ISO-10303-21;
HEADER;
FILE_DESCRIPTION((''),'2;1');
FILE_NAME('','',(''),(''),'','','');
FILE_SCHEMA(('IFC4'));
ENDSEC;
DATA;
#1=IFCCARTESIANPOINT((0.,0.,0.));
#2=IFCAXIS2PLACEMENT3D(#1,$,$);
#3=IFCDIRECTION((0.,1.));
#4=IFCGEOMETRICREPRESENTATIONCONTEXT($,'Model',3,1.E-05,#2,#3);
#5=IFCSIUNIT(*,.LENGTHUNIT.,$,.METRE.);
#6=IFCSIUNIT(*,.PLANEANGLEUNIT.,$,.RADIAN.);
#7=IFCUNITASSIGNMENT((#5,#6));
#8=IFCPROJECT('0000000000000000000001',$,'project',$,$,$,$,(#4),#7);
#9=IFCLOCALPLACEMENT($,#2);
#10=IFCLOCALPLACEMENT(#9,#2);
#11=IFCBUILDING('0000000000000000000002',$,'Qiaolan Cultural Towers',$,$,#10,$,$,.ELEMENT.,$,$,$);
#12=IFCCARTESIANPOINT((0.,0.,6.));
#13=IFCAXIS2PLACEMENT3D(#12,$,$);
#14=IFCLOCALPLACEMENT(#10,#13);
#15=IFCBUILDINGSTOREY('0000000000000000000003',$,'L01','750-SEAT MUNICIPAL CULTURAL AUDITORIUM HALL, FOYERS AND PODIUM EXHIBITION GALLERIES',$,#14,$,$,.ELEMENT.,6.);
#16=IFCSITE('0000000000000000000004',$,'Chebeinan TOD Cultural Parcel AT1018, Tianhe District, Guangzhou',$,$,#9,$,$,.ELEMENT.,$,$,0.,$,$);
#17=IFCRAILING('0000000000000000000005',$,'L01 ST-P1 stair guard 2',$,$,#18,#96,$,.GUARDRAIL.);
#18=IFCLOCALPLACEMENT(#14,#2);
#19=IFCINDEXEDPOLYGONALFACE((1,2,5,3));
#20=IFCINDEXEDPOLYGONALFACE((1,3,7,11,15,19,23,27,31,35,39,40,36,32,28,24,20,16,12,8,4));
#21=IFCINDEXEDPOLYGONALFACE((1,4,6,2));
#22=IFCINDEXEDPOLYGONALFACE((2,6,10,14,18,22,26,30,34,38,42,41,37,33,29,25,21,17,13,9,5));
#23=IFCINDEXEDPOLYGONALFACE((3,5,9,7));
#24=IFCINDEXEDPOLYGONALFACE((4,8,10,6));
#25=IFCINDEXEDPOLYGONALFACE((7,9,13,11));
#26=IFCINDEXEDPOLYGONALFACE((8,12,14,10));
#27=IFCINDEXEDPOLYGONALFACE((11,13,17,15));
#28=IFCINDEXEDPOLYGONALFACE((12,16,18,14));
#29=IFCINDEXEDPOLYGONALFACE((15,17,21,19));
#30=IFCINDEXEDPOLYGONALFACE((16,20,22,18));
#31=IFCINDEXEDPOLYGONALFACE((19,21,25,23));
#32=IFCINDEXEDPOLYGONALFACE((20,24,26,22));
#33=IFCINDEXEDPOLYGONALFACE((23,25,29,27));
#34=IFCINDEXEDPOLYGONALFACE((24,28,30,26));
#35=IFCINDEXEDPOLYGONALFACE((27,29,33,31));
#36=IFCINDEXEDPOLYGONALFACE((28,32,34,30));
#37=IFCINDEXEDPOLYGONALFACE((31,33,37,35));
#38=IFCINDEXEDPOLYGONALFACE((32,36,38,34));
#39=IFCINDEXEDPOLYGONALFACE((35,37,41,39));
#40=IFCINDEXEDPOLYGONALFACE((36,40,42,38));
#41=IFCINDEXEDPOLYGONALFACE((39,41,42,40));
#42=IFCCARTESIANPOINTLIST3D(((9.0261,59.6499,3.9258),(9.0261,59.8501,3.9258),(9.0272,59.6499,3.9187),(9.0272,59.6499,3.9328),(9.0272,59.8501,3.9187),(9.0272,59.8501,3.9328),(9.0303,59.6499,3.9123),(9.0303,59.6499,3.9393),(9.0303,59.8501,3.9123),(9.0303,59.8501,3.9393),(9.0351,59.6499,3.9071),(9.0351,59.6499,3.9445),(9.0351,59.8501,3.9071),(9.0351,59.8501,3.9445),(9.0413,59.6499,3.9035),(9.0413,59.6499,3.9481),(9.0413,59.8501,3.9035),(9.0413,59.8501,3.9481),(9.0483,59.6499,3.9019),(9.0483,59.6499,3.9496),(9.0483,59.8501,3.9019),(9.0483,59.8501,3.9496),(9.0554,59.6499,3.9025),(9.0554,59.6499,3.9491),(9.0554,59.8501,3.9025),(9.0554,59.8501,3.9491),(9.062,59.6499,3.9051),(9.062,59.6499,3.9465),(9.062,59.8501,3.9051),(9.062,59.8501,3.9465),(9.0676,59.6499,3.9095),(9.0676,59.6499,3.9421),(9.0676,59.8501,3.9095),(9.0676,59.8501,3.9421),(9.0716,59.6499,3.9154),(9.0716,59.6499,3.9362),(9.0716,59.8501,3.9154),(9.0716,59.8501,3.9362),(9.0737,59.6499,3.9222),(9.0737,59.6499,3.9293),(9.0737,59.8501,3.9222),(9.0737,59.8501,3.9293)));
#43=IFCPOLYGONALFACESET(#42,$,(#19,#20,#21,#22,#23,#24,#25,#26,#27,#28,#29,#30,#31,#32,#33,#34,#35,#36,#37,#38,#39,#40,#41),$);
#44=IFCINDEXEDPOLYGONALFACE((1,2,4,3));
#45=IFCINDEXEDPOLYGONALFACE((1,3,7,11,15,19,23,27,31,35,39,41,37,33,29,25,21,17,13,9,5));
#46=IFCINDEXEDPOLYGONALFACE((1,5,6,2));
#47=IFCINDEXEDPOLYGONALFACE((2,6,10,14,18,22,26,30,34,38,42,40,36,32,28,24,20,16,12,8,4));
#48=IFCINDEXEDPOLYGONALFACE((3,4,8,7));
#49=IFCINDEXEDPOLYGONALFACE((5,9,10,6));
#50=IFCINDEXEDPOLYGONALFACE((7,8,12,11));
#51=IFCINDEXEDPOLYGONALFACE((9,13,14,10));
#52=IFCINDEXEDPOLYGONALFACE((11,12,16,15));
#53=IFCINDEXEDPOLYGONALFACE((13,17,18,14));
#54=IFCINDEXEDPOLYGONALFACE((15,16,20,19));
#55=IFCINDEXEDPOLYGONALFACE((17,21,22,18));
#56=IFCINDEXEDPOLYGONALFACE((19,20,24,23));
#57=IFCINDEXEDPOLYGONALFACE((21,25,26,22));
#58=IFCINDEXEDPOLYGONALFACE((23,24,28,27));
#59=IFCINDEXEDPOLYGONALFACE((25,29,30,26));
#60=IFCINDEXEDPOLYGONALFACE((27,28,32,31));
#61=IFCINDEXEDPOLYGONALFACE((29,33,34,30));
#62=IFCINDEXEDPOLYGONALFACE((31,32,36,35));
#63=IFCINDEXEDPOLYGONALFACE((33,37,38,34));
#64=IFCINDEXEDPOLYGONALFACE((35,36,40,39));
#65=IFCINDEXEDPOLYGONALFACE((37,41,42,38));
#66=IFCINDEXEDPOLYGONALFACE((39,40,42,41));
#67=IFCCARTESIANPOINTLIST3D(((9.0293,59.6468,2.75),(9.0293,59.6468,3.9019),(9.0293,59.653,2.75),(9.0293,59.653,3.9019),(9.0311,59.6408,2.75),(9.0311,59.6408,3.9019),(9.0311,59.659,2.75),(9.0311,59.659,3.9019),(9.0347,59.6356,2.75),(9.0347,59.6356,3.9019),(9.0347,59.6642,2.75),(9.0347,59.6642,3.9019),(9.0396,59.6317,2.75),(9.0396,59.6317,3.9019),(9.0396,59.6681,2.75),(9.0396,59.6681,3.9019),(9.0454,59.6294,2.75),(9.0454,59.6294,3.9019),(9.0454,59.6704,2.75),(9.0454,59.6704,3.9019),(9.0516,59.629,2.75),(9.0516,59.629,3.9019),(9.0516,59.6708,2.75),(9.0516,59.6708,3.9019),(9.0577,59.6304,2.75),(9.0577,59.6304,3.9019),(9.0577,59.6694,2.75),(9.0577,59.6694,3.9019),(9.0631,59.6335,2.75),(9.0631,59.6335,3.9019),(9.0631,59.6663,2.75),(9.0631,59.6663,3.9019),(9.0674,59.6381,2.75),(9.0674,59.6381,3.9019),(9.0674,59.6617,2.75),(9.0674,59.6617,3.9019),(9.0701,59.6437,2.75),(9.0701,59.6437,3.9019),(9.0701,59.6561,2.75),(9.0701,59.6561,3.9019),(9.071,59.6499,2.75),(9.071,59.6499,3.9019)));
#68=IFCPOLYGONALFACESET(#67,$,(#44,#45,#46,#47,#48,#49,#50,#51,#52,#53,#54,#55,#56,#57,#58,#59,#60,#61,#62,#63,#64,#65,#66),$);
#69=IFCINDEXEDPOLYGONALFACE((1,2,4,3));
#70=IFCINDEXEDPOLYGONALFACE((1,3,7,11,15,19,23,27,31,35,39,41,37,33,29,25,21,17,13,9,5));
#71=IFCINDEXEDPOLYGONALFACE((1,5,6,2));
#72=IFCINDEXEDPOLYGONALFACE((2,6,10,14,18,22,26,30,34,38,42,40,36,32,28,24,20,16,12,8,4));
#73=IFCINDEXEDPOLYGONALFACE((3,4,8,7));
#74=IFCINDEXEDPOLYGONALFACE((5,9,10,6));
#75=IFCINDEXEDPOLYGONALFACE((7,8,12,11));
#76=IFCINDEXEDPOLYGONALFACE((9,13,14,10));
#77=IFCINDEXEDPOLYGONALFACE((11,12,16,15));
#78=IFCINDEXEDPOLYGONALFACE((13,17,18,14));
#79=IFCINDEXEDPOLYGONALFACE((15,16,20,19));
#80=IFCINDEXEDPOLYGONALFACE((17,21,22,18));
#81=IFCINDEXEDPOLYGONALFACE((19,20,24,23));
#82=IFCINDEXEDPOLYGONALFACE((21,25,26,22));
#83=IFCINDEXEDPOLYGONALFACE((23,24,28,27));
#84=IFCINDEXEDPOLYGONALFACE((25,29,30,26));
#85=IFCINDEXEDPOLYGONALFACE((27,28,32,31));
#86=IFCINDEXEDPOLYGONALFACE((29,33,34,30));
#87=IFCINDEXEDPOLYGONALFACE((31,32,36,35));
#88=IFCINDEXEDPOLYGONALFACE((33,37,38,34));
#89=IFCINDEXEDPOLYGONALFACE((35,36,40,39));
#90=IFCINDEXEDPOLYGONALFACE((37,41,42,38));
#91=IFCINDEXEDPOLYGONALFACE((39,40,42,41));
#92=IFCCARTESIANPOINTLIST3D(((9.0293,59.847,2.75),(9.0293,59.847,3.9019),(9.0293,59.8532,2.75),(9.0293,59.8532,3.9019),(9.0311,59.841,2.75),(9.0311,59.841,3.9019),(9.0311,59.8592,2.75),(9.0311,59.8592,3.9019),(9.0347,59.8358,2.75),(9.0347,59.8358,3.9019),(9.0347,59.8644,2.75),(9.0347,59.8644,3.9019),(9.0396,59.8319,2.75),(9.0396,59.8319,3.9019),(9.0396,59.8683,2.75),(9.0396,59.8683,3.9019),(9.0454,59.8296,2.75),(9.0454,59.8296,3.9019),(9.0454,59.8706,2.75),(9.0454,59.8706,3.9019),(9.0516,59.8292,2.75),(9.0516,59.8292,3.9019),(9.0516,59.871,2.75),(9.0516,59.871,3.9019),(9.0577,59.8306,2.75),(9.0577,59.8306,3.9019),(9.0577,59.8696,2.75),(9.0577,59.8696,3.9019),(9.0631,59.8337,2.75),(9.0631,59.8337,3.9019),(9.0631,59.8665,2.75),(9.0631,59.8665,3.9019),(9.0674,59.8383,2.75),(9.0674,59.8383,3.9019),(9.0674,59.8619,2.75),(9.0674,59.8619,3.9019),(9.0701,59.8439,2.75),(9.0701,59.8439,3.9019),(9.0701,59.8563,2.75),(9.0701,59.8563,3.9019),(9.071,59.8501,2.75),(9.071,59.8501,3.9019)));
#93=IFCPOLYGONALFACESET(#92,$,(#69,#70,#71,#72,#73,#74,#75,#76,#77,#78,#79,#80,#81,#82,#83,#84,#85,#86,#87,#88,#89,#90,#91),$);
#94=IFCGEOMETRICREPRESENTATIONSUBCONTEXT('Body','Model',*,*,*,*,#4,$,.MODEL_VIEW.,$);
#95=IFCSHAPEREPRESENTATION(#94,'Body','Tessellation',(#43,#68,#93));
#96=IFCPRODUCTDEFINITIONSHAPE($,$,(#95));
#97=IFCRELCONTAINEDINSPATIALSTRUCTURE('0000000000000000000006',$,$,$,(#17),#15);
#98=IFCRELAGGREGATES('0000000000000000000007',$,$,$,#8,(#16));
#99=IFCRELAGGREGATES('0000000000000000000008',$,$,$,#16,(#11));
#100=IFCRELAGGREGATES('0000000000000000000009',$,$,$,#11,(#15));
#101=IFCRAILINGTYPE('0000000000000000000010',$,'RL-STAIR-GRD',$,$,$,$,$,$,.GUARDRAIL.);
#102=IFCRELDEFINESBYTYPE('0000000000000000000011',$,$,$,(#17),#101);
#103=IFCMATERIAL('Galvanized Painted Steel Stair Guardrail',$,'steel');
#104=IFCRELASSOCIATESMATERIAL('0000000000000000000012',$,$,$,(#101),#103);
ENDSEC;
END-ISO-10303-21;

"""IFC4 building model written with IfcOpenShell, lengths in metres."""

from ifc_helpers import new_model, si_unit, direction, frame, origin, origin_2d, place, context, subcontext, project, spatial, circle, extrude, material, type_object, element, save


model = new_model("IFC4")

# Units and contexts
model_context = context("Model", 3, precision=1e-05, world=origin(), true_north=direction((0.0, 1.0)))
body_context = subcontext(model_context, "Body", "Model", "MODEL_VIEW")
ifc_project = project(units=[si_unit("LENGTHUNIT", "METRE"), si_unit("PLANEANGLEUNIT", "RADIAN")], contexts=[model_context])

# Site, building, storey
site_placement = place(None, origin())
site = spatial("IfcSite", under=ifc_project, at=site_placement, Name="Chebeinan TOD Cultural Parcel AT1018, Tianhe District, Guangzhou", CompositionType="ELEMENT", RefElevation=0.0)
building_placement = place(site_placement, origin())
building = spatial("IfcBuilding", under=site, at=building_placement, Name="Qiaolan Cultural Towers", CompositionType="ELEMENT")
storey_placement = place(building_placement, frame((0.0, 0.0, 6.0)))
storey = spatial("IfcBuildingStorey", under=building, at=storey_placement, Name="L01", Description="750-SEAT MUNICIPAL CULTURAL AUDITORIUM HALL, FOYERS AND PODIUM EXHIBITION GALLERIES", CompositionType="ELEMENT", Elevation=6.0)

# Railing
ifc_material_1 = material(Name="Galvanized Painted Steel Stair Guardrail", Category="steel")
railing_type_1 = type_object("IfcRailingType", Name="RL-STAIR-GRD", PredefinedType="GUARDRAIL", material=ifc_material_1)
railing_1_placement = place(storey_placement, frame((9.05, 59.6499, 2.75)))
element("IfcRailing", 1, at=railing_1_placement, inside=storey, type_object=railing_type_1, Name="L01 ST-P1 stair guard 2", PredefinedType="GUARDRAIL", context=body_context, shape_type="SweptSolid", body=[
    extrude(circle(Radius=0.0239, at=origin_2d()), frame((0.0, 0.0, 1.1758), z_axis=(0.0, 1.0, 0.0), x_axis=(-1.0, 0.0, 0.0)), (0.0, 0.0, 1.0), 0.2002),
    extrude(circle(Radius=0.021, at=origin_2d()), origin(), (0.0, 0.0, 1.0), 1.1519),
    extrude(circle(Radius=0.021, at=origin_2d()), frame((0.0, 0.2002, 0.0)), (0.0, 0.0, 1.0), 1.1519),
])

save(model, "model.ifc")
